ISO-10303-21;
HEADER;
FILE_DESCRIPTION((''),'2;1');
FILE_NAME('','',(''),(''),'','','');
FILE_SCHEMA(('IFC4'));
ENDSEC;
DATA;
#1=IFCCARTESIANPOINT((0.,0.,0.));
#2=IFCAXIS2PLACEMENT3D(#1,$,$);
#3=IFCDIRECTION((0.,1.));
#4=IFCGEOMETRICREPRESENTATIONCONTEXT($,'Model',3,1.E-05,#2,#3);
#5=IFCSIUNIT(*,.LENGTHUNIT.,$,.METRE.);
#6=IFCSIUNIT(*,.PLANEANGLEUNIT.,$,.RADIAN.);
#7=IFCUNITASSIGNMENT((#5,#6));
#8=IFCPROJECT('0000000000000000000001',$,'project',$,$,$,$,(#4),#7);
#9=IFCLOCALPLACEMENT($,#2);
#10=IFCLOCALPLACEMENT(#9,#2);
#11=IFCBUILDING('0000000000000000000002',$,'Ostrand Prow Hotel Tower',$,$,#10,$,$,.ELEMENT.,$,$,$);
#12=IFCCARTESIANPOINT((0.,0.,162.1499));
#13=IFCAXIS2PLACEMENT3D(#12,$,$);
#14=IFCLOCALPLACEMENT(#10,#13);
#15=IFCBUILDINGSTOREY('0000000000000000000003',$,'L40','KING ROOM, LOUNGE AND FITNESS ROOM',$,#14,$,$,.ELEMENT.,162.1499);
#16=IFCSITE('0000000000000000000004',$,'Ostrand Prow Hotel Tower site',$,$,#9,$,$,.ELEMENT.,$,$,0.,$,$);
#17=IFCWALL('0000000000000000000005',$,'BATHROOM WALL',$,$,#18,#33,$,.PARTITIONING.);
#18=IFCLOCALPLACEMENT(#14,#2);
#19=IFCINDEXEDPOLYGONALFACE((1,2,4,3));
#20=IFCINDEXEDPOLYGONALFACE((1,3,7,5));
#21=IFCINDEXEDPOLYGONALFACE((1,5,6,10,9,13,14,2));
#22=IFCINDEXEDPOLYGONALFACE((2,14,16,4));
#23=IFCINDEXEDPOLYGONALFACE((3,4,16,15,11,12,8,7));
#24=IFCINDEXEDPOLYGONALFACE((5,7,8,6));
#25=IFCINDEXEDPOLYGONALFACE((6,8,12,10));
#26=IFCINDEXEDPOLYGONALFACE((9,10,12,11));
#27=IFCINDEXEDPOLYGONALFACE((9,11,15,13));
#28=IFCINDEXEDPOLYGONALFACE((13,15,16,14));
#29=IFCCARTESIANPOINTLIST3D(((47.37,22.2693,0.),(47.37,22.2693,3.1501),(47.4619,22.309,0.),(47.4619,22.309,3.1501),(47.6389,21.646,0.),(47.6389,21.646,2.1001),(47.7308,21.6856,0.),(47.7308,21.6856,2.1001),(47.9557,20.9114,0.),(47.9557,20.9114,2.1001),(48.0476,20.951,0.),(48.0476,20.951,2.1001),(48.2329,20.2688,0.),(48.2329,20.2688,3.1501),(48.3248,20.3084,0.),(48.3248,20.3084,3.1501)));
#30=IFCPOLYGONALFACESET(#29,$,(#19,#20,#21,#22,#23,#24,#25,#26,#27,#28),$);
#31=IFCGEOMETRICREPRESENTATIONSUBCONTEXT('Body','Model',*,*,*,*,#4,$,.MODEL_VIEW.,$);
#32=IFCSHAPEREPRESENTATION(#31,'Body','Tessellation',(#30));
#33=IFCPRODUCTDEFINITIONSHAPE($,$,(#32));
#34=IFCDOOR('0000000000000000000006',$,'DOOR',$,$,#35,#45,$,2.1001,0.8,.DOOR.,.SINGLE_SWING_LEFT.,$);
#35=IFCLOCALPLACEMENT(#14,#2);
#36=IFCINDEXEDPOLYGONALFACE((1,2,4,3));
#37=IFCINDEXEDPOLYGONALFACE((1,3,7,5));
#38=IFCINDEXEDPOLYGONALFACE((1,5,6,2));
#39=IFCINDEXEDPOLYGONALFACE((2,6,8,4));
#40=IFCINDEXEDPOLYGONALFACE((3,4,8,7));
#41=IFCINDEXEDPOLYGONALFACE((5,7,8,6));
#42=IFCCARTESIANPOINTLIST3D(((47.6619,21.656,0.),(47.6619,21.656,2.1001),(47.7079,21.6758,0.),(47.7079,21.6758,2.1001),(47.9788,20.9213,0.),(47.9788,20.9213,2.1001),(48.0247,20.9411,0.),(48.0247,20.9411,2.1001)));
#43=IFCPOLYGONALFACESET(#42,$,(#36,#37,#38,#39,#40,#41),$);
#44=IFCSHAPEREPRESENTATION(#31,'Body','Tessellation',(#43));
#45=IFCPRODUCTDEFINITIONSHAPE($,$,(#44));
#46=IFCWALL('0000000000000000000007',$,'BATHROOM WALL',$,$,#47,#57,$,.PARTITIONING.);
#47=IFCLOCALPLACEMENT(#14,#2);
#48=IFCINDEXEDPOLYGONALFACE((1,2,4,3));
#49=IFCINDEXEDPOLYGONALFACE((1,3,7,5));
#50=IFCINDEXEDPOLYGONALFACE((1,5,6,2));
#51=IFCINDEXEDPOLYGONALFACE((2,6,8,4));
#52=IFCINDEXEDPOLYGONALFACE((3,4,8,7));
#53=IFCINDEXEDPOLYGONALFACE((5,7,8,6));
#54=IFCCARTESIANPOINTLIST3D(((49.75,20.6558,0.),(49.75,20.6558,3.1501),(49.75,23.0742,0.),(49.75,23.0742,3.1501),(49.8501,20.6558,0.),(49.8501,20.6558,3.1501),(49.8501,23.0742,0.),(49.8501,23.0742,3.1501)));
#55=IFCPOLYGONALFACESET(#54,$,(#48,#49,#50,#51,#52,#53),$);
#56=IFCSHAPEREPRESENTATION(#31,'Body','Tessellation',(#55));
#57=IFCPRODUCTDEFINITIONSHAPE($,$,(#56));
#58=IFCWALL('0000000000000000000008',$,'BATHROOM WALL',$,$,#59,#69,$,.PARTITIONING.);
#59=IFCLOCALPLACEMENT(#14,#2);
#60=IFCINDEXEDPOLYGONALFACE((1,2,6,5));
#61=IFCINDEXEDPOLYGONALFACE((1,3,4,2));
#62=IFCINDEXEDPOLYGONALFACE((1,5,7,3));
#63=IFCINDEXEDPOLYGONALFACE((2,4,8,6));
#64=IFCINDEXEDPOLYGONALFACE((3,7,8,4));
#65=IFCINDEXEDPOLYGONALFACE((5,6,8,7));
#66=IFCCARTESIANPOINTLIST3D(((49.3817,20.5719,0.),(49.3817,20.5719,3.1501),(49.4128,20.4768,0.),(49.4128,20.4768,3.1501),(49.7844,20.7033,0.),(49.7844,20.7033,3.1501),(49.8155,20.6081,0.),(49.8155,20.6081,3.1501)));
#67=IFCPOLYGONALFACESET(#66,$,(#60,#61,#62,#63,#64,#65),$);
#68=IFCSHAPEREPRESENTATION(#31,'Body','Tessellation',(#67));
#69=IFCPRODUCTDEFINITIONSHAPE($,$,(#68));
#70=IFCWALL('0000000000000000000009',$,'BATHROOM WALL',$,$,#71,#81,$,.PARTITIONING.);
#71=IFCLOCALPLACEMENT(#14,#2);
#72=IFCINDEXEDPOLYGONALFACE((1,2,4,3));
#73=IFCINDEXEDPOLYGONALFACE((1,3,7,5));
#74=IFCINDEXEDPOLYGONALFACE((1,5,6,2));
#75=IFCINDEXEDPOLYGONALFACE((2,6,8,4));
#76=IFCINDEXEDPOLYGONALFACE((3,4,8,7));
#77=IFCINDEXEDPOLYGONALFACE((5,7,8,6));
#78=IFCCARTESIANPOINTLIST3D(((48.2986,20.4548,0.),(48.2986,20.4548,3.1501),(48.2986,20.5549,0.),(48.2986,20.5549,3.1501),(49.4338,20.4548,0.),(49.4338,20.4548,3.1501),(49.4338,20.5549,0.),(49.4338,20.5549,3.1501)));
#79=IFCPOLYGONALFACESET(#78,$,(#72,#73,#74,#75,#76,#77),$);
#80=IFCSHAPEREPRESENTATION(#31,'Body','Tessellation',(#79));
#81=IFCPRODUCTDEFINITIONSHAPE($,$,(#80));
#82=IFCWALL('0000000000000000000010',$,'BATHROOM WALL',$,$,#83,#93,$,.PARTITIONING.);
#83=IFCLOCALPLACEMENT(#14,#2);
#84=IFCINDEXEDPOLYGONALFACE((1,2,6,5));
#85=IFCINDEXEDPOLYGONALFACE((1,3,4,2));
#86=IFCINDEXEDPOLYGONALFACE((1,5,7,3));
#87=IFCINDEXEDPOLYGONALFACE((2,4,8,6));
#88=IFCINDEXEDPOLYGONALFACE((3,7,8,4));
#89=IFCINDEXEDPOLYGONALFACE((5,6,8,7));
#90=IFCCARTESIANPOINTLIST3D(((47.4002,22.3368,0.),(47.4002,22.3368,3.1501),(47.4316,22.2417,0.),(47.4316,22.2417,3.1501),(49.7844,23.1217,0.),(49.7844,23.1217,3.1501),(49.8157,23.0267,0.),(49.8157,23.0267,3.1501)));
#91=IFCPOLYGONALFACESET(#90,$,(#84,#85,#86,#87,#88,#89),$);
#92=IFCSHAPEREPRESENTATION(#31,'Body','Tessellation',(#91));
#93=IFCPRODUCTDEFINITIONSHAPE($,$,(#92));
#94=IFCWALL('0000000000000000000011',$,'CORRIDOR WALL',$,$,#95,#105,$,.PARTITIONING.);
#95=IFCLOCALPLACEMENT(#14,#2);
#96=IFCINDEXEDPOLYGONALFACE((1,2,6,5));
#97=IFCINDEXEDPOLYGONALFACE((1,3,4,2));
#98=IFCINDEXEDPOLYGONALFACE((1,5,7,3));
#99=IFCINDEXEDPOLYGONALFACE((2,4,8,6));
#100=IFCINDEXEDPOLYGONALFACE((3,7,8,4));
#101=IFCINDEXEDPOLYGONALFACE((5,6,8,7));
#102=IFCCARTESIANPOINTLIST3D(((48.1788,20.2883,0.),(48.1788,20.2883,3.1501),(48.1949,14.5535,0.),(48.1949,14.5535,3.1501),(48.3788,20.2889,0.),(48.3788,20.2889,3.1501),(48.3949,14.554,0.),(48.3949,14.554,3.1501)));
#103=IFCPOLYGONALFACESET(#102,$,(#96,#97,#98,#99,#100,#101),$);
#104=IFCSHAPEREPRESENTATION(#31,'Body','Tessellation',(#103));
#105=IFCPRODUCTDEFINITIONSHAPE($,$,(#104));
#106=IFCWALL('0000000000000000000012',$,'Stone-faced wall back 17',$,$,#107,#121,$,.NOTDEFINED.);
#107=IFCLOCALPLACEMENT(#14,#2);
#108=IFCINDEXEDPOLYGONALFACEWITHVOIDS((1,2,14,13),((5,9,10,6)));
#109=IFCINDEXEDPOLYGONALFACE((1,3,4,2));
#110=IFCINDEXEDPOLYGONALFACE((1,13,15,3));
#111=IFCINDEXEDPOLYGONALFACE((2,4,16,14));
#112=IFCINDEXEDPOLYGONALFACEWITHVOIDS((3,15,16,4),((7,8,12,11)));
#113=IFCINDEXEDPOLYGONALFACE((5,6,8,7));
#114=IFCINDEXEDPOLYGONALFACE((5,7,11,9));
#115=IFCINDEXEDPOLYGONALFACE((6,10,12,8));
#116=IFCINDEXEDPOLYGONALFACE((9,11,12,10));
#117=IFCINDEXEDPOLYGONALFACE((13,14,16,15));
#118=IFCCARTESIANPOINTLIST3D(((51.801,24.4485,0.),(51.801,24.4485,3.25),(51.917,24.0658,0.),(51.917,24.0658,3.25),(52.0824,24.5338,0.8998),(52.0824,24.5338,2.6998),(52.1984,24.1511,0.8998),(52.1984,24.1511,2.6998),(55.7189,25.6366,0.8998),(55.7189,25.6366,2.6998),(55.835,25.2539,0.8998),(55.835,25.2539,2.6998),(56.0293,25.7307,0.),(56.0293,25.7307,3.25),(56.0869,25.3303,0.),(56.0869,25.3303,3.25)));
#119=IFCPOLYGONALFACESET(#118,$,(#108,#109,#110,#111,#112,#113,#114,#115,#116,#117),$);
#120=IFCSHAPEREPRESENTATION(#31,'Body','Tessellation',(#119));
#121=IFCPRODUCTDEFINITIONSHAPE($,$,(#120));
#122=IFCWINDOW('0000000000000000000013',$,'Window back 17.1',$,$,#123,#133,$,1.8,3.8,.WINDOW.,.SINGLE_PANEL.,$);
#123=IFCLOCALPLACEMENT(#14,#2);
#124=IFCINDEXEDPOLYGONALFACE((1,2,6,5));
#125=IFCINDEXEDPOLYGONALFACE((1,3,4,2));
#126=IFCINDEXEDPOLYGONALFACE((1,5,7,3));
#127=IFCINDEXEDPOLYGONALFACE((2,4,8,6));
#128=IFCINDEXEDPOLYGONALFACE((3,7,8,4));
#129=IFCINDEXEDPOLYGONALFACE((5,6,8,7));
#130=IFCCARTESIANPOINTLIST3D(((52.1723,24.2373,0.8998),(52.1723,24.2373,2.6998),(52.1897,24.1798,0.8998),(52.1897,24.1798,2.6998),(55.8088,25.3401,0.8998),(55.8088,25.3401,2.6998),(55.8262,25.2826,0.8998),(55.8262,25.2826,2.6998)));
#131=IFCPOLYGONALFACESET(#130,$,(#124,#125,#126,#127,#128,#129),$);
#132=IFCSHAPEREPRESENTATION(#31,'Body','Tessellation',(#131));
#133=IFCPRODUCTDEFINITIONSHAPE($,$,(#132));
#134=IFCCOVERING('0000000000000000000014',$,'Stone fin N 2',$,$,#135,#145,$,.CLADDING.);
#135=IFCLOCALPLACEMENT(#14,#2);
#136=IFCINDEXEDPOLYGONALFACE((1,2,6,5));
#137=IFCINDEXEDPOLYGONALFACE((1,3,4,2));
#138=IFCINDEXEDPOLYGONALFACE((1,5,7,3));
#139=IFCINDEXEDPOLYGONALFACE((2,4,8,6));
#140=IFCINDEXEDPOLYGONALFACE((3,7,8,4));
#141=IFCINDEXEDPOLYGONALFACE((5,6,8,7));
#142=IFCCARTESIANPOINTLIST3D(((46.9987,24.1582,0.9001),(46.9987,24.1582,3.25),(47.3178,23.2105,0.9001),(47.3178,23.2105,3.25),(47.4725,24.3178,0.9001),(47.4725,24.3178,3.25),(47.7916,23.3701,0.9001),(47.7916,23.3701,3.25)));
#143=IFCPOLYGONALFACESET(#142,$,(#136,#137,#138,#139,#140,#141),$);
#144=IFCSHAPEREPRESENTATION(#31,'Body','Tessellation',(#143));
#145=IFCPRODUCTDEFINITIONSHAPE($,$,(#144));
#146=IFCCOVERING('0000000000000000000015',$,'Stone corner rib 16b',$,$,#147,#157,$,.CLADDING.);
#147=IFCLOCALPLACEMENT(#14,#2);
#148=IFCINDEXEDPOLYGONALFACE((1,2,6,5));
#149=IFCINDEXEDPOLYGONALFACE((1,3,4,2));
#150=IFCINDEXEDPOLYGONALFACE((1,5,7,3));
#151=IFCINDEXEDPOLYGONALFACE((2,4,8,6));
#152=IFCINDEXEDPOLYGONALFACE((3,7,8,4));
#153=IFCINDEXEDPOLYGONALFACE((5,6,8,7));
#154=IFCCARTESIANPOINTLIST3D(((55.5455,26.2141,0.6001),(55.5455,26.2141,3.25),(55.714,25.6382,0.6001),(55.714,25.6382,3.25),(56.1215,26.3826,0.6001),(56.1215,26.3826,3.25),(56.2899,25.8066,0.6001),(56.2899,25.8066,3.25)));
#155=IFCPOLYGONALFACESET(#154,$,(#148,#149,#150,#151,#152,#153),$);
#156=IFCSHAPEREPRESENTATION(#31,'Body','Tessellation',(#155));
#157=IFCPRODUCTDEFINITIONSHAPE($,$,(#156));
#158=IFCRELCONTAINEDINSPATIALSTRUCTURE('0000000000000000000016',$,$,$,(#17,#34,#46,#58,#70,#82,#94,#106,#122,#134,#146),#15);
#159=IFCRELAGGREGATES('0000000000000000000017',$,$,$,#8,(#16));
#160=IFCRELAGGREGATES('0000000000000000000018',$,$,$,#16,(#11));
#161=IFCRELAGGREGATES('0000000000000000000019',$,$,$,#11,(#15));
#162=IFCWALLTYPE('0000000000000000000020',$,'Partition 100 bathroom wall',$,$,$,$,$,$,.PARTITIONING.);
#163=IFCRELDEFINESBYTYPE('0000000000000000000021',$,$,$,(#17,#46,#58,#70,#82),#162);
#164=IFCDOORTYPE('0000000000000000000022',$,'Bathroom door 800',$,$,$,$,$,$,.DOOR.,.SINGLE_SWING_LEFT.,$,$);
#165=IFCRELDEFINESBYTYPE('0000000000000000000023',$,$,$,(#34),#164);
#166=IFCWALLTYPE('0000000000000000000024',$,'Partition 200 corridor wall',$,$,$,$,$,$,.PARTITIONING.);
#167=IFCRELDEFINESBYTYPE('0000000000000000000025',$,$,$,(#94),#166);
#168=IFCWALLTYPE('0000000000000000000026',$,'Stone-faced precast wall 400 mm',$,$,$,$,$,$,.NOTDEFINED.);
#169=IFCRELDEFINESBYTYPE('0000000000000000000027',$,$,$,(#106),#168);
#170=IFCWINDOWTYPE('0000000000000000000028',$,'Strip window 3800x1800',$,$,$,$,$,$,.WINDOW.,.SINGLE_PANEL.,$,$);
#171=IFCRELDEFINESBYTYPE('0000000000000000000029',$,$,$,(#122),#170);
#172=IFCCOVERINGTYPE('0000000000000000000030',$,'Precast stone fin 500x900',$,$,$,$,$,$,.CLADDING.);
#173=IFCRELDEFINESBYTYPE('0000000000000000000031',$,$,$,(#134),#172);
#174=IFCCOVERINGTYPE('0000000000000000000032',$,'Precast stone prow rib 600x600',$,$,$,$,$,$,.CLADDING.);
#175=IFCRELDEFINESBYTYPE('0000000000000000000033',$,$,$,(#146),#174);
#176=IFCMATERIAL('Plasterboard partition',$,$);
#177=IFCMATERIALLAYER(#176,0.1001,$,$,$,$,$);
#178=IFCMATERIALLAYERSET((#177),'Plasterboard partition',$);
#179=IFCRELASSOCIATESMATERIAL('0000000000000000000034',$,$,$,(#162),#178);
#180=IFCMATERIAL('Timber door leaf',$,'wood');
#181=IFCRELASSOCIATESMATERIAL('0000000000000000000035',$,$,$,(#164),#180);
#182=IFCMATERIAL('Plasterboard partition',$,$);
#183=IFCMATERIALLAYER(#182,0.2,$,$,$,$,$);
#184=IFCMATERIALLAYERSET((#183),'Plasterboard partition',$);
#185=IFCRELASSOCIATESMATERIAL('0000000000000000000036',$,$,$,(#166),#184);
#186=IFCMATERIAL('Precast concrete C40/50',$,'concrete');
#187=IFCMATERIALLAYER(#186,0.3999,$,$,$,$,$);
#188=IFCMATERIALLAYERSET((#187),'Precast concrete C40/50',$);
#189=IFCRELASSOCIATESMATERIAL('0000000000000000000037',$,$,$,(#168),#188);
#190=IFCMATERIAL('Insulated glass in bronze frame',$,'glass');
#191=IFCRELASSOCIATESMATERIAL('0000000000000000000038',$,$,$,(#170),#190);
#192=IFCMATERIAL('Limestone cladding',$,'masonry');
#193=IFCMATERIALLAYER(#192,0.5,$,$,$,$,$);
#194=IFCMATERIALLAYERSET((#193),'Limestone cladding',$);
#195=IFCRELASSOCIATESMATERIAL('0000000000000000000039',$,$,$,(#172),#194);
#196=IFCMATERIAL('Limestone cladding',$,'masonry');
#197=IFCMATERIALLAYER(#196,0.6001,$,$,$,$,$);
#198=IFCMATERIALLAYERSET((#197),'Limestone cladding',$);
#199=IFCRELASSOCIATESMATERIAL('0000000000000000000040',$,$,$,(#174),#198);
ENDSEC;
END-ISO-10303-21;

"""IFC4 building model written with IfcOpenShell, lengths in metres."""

from ifc_helpers import new_model, si_unit, direction, frame, frame_2d, origin, place, context, subcontext, project, spatial, polyline, rectangle, outline, extrude, material, layer, layer_set, type_object, element, fill, save


model = new_model("IFC4")

# Units and contexts
model_context = context("Model", 3, precision=1e-05, world=origin(), true_north=direction((0.0, 1.0)))
body_context = subcontext(model_context, "Body", "Model", "MODEL_VIEW")
ifc_project = project(units=[si_unit("LENGTHUNIT", "METRE"), si_unit("PLANEANGLEUNIT", "RADIAN")], contexts=[model_context])

# Site, building, storey
site_placement = place(None, origin())
site = spatial("IfcSite", under=ifc_project, at=site_placement, Name="Ostrand Prow Hotel Tower site", CompositionType="ELEMENT", RefElevation=0.0)
building_placement = place(site_placement, origin())
building = spatial("IfcBuilding", under=site, at=building_placement, Name="Ostrand Prow Hotel Tower", CompositionType="ELEMENT")
storey_placement = place(building_placement, frame((0.0, 0.0, 162.1499)))
storey = spatial("IfcBuildingStorey", under=building, at=storey_placement, Name="L40", Description="KING ROOM, LOUNGE AND FITNESS ROOM", CompositionType="ELEMENT", Elevation=162.1499)

# Wall, opening, door
ifc_material_1 = material(Name="Plasterboard partition")
ifc_layer_1 = layer(ifc_material_1, 0.1001)
ifc_layer_set_1 = layer_set([ifc_layer_1], Name="Plasterboard partition")
wall_type_1 = type_object("IfcWallType", Name="Partition 100 bathroom wall", PredefinedType="PARTITIONING", material=ifc_layer_set_1)
wall_1_placement = place(storey_placement, frame((48.2788, 20.2886, 0.0), z_axis=(0.0, 0.0, 1.0), x_axis=(-0.396028, 0.918238, 0.0)))
wall_1 = element("IfcWall", 1, at=wall_1_placement, inside=storey, type_object=wall_type_1, Name="BATHROOM WALL", PredefinedType="PARTITIONING", context=body_context, shape_type="SweptSolid", body=[
    extrude(rectangle(XDim=2.1787, YDim=0.1001, at=frame_2d((1.0894, 0.0))), origin(), (0.0, 0.0, 1.0), 3.1501),
])
opening_1_placement = place(wall_1_placement, frame((0.7, 0.0, 0.0)))
opening_1 = element("IfcOpeningElement", 2, at=opening_1_placement, cuts=wall_1, PredefinedType="OPENING", context=body_context, shape_type="SweptSolid", body=[
    extrude(rectangle(XDim=0.8, YDim=2.1001, at=frame_2d((0.3999, 1.05))), frame((0.0, 0.0601, 0.0), z_axis=(0.0, -1.0, 0.0), x_axis=(1.0, 0.0, 0.0)), (0.0, 0.0, 1.0), 0.1201),
])
ifc_material_2 = material(Name="Timber door leaf", Category="wood")
door_type = type_object("IfcDoorType", Name="Bathroom door 800", OperationType="SINGLE_SWING_LEFT", PredefinedType="DOOR", material=ifc_material_2)
door_placement = place(opening_1_placement, origin())
door = element("IfcDoor", 3, at=door_placement, inside=storey, type_object=door_type, Name="DOOR", OperationType="SINGLE_SWING_LEFT", OverallHeight=2.1001, OverallWidth=0.8, PredefinedType="DOOR", context=body_context, shape_type="SweptSolid", body=[
    extrude(rectangle(XDim=0.8, YDim=2.1001, at=frame_2d((0.3999, 1.05))), frame((0.0, 0.0249, 0.0), z_axis=(0.0, -1.0, 0.0), x_axis=(1.0, 0.0, 0.0)), (0.0, 0.0, 1.0), 0.05),
])
fill(opening_1, door)

# Walls
wall_2_placement = place(storey_placement, frame((49.8, 23.0742, 0.0), z_axis=(0.0, 0.0, 1.0), x_axis=(0.0, -1.0, 0.0)))
element("IfcWall", 4, at=wall_2_placement, inside=storey, type_object=wall_type_1, Name="BATHROOM WALL", PredefinedType="PARTITIONING", context=body_context, shape_type="SweptSolid", body=[
    extrude(rectangle(XDim=2.4185, YDim=0.1001, at=frame_2d((1.2092, 0.0))), origin(), (0.0, 0.0, 1.0), 3.1501),
])
wall_3_placement = place(storey_placement, frame((49.8, 20.6558, 0.0), z_axis=(0.0, 0.0, 1.0), x_axis=(-0.950682, -0.310168, 0.0)))
element("IfcWall", 5, at=wall_3_placement, inside=storey, type_object=wall_type_1, Name="BATHROOM WALL", PredefinedType="PARTITIONING", context=body_context, shape_type="SweptSolid", body=[
    extrude(rectangle(XDim=0.4236, YDim=0.1001, at=frame_2d((0.2119, 0.0))), origin(), (0.0, 0.0, 1.0), 3.1501),
])
wall_4_placement = place(storey_placement, frame((49.4338, 20.5049, 0.0), z_axis=(0.0, 0.0, 1.0), x_axis=(-1.0, 0.0, 0.0)))
element("IfcWall", 6, at=wall_4_placement, inside=storey, type_object=wall_type_1, Name="BATHROOM WALL", PredefinedType="PARTITIONING", context=body_context, shape_type="SweptSolid", body=[
    extrude(rectangle(XDim=1.1353, YDim=0.1001, at=frame_2d((0.5676, 0.0))), origin(), (0.0, 0.0, 1.0), 3.1501),
])
wall_5_placement = place(storey_placement, frame((47.416, 22.2893, 0.0), z_axis=(0.0, 0.0, 1.0), x_axis=(0.949844, 0.312724, 0.0)))
element("IfcWall", 7, at=wall_5_placement, inside=storey, type_object=wall_type_1, Name="BATHROOM WALL", PredefinedType="PARTITIONING", context=body_context, shape_type="SweptSolid", body=[
    extrude(rectangle(XDim=2.51, YDim=0.1001, at=frame_2d((1.2549, 0.0))), origin(), (0.0, 0.0, 1.0), 3.1501),
])
ifc_material_3 = material(Name="Plasterboard partition")
ifc_layer_2 = layer(ifc_material_3, 0.2)
ifc_layer_set_2 = layer_set([ifc_layer_2], Name="Plasterboard partition")
wall_type_2 = type_object("IfcWallType", Name="Partition 200 corridor wall", PredefinedType="PARTITIONING", material=ifc_layer_set_2)
wall_6_placement = place(storey_placement, frame((48.2788, 20.2886, 0.0), z_axis=(0.0, 0.0, 1.0), x_axis=(0.00281, -0.999996, 0.0)))
element("IfcWall", 8, at=wall_6_placement, inside=storey, type_object=wall_type_2, Name="CORRIDOR WALL", PredefinedType="PARTITIONING", context=body_context, shape_type="SweptSolid", body=[
    extrude(rectangle(XDim=5.7349, YDim=0.2, at=frame_2d((2.8674, 0.0))), origin(), (0.0, 0.0, 1.0), 3.1501),
])

# Wall, opening, window
ifc_material_4 = material(Name="Precast concrete C40/50", Category="concrete")
ifc_layer_3 = layer(ifc_material_4, 0.3999)
ifc_layer_set_3 = layer_set([ifc_layer_3], Name="Precast concrete C40/50")
wall_type_3 = type_object("IfcWallType", Name="Stone-faced precast wall 400 mm", PredefinedType="NOTDEFINED", material=ifc_layer_set_3)
wall_7_placement = place(storey_placement, frame((56.0581, 25.5305, 0.0), z_axis=(0.0, 0.0, 1.0), x_axis=(-0.956964, -0.290205, 0.0)))
wall_7 = element("IfcWall", 9, at=wall_7_placement, inside=storey, type_object=wall_type_3, Name="Stone-faced wall back 17", PredefinedType="NOTDEFINED", context=body_context, shape_type="SweptSolid", body=[
    extrude(outline(polyline([(-0.0305, -0.2), (4.3879, -0.2), (4.3879, 0.2), (0.0305, 0.2), (-0.0305, -0.2)])), origin(), (0.0, 0.0, 1.0), 3.25),
])
opening_2_placement = place(wall_7_placement, frame((0.2939, 0.0, 0.8999)))
opening_2 = element("IfcOpeningElement", 10, at=opening_2_placement, cuts=wall_7, PredefinedType="OPENING", context=body_context, shape_type="SweptSolid", body=[
    extrude(rectangle(XDim=3.8, YDim=1.8, at=frame_2d((1.8999, 0.8999))), frame((0.0, 0.21, 0.0), z_axis=(0.0, -1.0, 0.0), x_axis=(1.0, 0.0, 0.0)), (0.0, 0.0, 1.0), 0.4199),
])
ifc_material_5 = material(Name="Insulated glass in bronze frame", Category="glass")
window_type = type_object("IfcWindowType", Name="Strip window 3800x1800", PartitioningType="SINGLE_PANEL", PredefinedType="WINDOW", material=ifc_material_5)
window_placement = place(opening_2_placement, origin())
window = element("IfcWindow", 11, at=window_placement, inside=storey, type_object=window_type, Name="Window back 17.1", OverallHeight=1.8, OverallWidth=3.8, PartitioningType="SINGLE_PANEL", PredefinedType="WINDOW", context=body_context, shape_type="SweptSolid", body=[
    extrude(rectangle(XDim=3.8, YDim=1.8, at=frame_2d((1.8999, 0.8999))), frame((0.0, 0.1699, 0.0), z_axis=(0.0, -1.0, 0.0), x_axis=(1.0, 0.0, 0.0)), (0.0, 0.0, 1.0), 0.0601),
])
fill(opening_2, window)

# Coverings
ifc_material_6 = material(Name="Limestone cladding", Category="masonry")
ifc_layer_4 = layer(ifc_material_6, 0.5)
ifc_layer_set_4 = layer_set([ifc_layer_4], Name="Limestone cladding")
covering_type_1 = type_object("IfcCoveringType", Name="Precast stone fin 500x900", PredefinedType="CLADDING", material=ifc_layer_set_4)
covering_1_placement = place(storey_placement, frame((47.5547, 23.2903, 0.9001), z_axis=(0.0, 0.0, 1.0), x_axis=(-0.319083, 0.947727, 0.0)))
element("IfcCovering", 12, at=covering_1_placement, inside=storey, type_object=covering_type_1, Name="Stone fin N 2", PredefinedType="CLADDING", context=body_context, shape_type="SweptSolid", body=[
    extrude(rectangle(XDim=1.0, YDim=0.5, at=frame_2d((0.5, 0.0))), origin(), (0.0, 0.0, 1.0), 2.3499),
])
ifc_material_7 = material(Name="Limestone cladding", Category="masonry")
ifc_layer_5 = layer(ifc_material_7, 0.6001)
ifc_layer_set_5 = layer_set([ifc_layer_5], Name="Limestone cladding")
covering_type_2 = type_object("IfcCoveringType", Name="Precast stone prow rib 600x600", PredefinedType="CLADDING", material=ifc_layer_set_5)
covering_2_placement = place(storey_placement, frame((56.002, 25.7224, 0.6001), z_axis=(0.0, 0.0, 1.0), x_axis=(-0.280734, 0.959786, 0.0)))
element("IfcCovering", 13, at=covering_2_placement, inside=storey, type_object=covering_type_2, Name="Stone corner rib 16b", PredefinedType="CLADDING", context=body_context, shape_type="SweptSolid", body=[
    extrude(rectangle(XDim=0.6001, YDim=0.6001, at=frame_2d((0.3, 0.0))), origin(), (0.0, 0.0, 1.0), 2.6499),
])

save(model, "model.ifc")
